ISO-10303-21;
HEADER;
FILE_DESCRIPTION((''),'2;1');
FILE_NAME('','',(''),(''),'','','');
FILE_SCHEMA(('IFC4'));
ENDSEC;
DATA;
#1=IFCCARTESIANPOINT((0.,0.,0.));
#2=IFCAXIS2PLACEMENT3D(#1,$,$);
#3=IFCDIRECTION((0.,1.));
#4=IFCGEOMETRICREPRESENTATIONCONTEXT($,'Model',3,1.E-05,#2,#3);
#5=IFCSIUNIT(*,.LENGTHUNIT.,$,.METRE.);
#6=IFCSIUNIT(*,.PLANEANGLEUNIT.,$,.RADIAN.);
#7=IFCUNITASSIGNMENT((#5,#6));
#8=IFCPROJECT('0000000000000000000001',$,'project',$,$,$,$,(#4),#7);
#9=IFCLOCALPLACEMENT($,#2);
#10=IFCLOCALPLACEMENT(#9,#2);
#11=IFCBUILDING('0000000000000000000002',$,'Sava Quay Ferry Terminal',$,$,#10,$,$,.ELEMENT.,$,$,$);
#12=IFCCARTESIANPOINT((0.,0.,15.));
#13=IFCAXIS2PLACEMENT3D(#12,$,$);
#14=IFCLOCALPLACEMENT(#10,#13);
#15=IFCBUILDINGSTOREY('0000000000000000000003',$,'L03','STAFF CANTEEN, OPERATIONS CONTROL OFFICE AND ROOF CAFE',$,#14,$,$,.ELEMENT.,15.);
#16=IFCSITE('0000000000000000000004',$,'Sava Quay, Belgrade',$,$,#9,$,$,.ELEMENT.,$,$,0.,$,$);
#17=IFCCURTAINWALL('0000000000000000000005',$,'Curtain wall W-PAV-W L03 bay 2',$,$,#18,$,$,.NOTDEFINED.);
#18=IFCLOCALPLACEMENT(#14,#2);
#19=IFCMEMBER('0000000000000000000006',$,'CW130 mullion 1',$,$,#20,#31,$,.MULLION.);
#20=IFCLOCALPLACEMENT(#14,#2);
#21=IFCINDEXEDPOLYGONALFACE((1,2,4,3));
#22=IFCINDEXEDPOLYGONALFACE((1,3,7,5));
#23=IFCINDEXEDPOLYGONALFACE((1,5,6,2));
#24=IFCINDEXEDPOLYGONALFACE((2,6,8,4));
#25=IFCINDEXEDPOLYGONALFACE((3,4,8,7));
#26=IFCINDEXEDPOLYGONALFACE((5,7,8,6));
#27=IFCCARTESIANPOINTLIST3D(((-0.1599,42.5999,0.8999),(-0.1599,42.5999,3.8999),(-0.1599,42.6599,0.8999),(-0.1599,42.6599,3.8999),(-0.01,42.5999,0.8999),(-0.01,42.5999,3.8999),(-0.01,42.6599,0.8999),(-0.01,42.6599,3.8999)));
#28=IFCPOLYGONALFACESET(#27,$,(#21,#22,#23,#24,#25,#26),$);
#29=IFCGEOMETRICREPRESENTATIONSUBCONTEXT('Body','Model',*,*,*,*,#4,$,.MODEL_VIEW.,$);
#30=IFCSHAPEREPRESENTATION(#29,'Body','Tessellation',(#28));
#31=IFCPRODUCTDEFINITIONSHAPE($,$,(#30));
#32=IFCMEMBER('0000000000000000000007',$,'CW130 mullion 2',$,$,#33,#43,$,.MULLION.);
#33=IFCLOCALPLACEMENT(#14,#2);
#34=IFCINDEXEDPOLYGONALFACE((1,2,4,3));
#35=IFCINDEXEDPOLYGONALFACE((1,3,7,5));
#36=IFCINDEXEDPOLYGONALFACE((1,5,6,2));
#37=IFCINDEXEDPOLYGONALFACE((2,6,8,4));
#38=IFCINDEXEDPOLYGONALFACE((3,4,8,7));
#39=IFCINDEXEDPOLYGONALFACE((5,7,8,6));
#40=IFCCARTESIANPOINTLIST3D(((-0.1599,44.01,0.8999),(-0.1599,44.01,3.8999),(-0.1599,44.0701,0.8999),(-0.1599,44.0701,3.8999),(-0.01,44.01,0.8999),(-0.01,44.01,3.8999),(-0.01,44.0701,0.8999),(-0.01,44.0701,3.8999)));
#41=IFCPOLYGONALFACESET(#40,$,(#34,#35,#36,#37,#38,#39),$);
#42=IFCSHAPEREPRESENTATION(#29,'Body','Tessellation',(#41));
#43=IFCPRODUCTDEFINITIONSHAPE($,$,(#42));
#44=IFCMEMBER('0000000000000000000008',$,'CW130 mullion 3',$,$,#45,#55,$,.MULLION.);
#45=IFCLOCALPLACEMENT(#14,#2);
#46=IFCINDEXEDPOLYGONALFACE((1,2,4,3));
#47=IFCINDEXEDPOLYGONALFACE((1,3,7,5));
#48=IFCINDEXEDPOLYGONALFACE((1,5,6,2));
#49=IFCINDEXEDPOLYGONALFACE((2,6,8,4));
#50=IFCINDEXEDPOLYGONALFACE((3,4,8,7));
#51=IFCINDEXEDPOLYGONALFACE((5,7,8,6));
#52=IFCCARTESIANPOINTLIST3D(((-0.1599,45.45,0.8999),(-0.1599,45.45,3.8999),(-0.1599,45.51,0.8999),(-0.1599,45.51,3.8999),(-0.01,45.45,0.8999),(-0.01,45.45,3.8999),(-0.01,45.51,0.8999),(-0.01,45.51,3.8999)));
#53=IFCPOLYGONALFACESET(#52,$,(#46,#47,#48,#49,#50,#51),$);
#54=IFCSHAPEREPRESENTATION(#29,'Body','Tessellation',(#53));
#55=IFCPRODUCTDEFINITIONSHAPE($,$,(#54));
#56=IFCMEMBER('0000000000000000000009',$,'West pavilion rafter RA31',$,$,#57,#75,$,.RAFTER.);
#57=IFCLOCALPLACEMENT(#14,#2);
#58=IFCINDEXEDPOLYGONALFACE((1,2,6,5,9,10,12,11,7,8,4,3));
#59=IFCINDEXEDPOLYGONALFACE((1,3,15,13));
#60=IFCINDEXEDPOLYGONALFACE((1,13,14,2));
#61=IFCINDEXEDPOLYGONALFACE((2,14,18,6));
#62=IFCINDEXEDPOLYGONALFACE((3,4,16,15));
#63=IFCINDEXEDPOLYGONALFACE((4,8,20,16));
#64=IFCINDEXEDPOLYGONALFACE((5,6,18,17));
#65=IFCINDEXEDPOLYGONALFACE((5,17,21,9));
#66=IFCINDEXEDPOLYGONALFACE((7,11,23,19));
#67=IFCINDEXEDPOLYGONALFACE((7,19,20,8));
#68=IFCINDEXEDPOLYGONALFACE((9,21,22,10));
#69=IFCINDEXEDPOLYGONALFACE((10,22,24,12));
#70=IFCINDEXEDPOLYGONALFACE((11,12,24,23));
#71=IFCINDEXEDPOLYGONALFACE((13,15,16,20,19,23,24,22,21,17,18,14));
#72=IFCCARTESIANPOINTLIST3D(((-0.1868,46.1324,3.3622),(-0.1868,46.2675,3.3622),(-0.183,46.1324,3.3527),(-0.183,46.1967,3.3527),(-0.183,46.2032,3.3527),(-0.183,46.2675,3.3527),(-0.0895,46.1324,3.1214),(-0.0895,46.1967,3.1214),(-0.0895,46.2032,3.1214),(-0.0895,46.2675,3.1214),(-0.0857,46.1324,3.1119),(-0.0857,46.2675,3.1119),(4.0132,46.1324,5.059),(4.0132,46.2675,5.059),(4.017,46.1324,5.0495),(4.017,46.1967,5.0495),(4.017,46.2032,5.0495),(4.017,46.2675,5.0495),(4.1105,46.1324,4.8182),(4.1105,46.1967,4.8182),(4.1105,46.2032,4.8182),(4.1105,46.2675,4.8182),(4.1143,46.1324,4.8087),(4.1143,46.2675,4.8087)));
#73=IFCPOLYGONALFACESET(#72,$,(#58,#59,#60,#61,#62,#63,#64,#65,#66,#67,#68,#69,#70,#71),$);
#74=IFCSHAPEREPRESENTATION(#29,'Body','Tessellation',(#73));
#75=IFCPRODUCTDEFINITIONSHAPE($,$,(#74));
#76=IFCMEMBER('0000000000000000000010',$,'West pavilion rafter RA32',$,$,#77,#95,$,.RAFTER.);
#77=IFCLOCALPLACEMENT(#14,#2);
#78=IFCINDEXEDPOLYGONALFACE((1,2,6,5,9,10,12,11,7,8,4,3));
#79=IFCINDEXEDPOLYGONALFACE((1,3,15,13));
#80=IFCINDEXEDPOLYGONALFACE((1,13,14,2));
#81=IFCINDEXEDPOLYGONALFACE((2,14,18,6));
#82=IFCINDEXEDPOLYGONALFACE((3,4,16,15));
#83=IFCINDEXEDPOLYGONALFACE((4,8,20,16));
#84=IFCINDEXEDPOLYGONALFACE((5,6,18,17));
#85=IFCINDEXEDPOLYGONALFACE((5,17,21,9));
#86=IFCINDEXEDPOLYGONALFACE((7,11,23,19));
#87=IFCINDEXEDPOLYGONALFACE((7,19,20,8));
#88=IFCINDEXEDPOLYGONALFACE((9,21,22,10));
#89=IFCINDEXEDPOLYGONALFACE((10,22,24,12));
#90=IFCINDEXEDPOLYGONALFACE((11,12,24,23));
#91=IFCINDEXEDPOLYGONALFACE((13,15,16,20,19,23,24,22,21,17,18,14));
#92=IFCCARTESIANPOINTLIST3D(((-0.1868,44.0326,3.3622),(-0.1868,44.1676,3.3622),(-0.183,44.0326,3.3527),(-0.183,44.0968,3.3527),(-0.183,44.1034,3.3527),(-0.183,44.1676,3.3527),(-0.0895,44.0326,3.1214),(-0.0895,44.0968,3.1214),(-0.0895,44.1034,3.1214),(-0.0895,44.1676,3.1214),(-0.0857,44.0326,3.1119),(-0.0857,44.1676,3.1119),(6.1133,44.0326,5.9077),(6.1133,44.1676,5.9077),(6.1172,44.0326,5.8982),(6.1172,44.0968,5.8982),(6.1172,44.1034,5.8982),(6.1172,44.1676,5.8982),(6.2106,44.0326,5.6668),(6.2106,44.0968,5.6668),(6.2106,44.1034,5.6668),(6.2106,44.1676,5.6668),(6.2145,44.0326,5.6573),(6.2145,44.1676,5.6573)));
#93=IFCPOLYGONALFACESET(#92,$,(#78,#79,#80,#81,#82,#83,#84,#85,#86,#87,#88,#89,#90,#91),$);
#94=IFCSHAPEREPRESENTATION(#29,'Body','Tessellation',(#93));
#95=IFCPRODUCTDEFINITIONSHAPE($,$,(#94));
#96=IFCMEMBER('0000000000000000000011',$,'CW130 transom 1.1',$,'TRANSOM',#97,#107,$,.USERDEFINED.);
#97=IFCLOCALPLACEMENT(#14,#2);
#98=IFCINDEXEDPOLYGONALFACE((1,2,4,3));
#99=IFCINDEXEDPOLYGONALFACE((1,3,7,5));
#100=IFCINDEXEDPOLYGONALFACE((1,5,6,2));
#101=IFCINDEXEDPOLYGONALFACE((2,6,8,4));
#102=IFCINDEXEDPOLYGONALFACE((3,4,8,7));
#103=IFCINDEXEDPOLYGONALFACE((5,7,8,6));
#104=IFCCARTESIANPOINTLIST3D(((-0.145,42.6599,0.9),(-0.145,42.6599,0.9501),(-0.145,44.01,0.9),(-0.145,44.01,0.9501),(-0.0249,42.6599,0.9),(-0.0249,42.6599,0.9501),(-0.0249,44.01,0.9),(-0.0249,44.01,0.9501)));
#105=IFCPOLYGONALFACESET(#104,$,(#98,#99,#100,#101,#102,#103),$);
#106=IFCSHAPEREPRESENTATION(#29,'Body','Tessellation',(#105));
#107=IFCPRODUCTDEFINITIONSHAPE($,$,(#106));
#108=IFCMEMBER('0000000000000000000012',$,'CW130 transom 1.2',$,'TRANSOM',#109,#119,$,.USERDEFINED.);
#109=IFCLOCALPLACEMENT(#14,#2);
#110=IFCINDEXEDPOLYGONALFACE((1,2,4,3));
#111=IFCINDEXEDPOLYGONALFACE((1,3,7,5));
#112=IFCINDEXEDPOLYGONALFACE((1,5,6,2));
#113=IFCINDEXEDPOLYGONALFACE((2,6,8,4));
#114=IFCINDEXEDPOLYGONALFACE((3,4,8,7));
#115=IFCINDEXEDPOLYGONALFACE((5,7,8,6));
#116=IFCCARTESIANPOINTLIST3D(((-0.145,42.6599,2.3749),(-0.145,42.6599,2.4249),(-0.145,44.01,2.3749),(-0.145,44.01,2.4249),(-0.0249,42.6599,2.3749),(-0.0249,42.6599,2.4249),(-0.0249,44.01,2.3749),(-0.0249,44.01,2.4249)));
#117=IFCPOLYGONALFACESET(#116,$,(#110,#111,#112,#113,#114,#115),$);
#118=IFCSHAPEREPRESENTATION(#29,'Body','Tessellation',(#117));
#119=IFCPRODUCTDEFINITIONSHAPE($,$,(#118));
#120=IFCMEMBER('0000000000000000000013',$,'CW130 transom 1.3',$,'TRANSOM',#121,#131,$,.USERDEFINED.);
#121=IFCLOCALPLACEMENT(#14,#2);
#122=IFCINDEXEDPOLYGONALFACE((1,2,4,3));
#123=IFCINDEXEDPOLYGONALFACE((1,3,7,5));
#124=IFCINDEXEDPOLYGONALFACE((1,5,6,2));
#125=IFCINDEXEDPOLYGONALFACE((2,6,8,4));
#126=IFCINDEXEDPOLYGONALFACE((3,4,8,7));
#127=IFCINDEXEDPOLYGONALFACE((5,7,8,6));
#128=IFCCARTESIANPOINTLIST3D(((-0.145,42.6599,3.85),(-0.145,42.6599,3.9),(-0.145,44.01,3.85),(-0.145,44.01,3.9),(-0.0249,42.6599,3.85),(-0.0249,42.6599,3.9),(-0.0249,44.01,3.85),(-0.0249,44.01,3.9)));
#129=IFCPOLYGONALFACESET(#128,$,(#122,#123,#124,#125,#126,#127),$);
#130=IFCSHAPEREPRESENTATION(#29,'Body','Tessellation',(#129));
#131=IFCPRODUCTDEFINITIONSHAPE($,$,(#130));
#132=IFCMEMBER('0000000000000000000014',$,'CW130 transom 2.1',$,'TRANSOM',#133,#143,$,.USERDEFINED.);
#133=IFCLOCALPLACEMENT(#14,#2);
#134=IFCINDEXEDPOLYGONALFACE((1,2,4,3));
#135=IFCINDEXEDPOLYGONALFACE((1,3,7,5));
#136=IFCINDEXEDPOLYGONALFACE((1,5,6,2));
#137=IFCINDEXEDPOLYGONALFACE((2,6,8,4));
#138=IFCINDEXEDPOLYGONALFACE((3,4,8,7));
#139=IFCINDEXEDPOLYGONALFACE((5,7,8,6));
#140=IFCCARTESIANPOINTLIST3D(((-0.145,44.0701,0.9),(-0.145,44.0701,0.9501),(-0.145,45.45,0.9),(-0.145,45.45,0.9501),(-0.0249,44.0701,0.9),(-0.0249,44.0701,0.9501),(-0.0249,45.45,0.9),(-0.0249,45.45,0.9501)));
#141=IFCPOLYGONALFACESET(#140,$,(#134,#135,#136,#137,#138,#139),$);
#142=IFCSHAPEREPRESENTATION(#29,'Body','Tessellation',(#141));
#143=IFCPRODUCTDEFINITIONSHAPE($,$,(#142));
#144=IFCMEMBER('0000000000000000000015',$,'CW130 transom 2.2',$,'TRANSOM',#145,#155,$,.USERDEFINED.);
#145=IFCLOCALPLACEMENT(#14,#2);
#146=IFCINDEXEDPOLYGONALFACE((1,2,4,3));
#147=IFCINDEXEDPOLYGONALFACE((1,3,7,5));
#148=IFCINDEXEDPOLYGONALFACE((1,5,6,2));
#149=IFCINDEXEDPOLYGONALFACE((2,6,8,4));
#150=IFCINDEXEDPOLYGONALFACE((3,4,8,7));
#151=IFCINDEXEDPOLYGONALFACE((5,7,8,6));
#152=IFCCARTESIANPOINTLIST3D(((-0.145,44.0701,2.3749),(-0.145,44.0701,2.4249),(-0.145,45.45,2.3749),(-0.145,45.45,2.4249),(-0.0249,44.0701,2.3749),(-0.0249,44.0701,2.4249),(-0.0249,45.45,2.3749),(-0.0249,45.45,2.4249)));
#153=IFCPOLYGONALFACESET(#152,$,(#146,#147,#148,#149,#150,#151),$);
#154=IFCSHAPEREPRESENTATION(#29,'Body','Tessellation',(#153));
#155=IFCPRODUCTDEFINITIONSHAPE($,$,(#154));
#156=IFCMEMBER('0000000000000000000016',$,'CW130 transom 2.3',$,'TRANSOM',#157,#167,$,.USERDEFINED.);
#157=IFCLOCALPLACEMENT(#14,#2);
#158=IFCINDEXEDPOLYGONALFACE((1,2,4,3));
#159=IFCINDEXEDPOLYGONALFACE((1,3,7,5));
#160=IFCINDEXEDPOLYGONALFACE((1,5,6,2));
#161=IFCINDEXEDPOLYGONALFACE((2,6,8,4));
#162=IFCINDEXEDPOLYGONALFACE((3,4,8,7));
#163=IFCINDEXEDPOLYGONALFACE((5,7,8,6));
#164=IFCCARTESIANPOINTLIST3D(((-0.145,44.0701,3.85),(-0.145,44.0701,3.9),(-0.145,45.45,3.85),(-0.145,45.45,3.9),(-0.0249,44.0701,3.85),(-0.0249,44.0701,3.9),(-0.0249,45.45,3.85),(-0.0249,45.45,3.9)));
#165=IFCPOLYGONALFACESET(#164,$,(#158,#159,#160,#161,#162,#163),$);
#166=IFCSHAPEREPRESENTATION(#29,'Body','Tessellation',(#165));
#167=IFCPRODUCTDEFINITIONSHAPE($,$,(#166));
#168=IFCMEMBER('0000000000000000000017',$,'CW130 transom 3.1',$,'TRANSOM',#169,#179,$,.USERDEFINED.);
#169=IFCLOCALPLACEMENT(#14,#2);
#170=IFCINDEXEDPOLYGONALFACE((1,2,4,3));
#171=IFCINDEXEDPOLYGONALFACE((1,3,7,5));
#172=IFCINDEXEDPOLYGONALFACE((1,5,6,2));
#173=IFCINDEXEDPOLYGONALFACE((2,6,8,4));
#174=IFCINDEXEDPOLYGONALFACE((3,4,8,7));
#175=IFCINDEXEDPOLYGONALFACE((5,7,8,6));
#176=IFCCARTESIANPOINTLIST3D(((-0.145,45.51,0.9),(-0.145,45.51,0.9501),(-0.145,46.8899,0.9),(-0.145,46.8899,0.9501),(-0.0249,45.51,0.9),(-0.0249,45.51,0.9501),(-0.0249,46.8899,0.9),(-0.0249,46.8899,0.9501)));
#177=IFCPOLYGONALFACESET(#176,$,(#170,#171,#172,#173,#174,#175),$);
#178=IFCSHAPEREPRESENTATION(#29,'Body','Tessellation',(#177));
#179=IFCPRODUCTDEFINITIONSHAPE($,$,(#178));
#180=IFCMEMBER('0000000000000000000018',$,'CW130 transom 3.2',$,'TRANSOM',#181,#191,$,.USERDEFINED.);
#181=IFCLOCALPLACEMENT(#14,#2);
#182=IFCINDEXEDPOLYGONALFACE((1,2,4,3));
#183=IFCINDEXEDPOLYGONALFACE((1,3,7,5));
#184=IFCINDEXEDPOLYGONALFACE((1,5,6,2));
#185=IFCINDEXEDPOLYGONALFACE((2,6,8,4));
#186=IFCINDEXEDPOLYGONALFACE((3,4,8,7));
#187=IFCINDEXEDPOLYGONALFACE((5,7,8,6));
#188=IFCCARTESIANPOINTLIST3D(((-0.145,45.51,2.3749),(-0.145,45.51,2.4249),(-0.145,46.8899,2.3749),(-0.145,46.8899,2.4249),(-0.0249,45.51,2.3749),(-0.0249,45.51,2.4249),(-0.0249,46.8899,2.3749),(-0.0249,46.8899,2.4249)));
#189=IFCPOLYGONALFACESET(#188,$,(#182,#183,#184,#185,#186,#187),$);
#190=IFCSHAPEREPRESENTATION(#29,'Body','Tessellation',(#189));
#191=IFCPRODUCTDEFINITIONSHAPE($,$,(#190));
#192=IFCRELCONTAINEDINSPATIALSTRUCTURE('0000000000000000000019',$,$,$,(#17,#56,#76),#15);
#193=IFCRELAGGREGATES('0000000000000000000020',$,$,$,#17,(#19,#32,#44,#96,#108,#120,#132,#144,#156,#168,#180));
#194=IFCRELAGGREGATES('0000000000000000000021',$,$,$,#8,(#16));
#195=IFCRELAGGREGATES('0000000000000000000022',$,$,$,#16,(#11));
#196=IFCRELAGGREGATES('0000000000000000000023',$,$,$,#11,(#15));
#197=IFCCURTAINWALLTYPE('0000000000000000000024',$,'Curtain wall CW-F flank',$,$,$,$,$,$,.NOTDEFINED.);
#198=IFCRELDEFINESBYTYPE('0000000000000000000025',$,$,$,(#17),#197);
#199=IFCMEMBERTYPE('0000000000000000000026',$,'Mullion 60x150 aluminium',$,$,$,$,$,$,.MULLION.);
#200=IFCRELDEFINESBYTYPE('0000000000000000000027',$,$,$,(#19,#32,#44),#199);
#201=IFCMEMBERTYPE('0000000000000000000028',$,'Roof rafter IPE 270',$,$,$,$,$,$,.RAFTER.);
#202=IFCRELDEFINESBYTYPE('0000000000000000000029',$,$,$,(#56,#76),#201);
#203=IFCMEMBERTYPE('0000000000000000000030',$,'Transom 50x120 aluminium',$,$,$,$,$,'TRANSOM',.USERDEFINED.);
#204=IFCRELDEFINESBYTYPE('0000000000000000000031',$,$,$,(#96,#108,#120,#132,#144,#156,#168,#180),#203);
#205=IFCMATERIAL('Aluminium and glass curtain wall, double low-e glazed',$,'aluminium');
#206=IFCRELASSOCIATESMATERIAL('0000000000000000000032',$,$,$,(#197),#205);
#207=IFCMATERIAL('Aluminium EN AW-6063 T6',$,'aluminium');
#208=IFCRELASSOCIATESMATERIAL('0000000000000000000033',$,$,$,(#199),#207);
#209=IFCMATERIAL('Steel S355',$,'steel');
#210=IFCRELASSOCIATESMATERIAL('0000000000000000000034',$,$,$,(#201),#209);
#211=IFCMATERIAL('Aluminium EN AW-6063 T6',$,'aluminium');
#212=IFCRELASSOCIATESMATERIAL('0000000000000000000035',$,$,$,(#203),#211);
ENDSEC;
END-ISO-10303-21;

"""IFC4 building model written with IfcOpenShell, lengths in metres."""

from ifc_helpers import new_model, si_unit, direction, frame, origin, origin_2d, place, context, subcontext, project, spatial, rectangle, i_section, extrude, material, material_profile, profile_set, type_object, element, aggregate, save


model = new_model("IFC4")

# Units and contexts
model_context = context("Model", 3, precision=1e-05, world=origin(), true_north=direction((0.0, 1.0)))
body_context = subcontext(model_context, "Body", "Model", "MODEL_VIEW")
ifc_project = project(units=[si_unit("LENGTHUNIT", "METRE"), si_unit("PLANEANGLEUNIT", "RADIAN")], contexts=[model_context])

# Site, building, storey
site_placement = place(None, origin())
site = spatial("IfcSite", under=ifc_project, at=site_placement, Name="Sava Quay, Belgrade", CompositionType="ELEMENT", RefElevation=0.0)
building_placement = place(site_placement, origin())
building = spatial("IfcBuilding", under=site, at=building_placement, Name="Sava Quay Ferry Terminal", CompositionType="ELEMENT")
storey_placement = place(building_placement, frame((0.0, 0.0, 15.0)))
storey = spatial("IfcBuildingStorey", under=building, at=storey_placement, Name="L03", Description="STAFF CANTEEN, OPERATIONS CONTROL OFFICE AND ROOF CAFE", CompositionType="ELEMENT", Elevation=15.0)

# Curtain wall, members
ifc_material_1 = material(Name="Aluminium and glass curtain wall, double low-e glazed", Category="aluminium")
curtain_wall_type = type_object("IfcCurtainWallType", Name="Curtain wall CW-F flank", PredefinedType="NOTDEFINED", material=ifc_material_1)
curtain_wall_placement = place(storey_placement, origin())
curtain_wall = element("IfcCurtainWall", 1, at=curtain_wall_placement, inside=storey, type_object=curtain_wall_type, Name="Curtain wall W-PAV-W L03 bay 2", PredefinedType="NOTDEFINED")
ifc_material_2 = material(Name="Aluminium EN AW-6063 T6", Category="aluminium")
ifc_material_profile_1 = material_profile(ifc_material_2, rectangle(XDim=0.1499, YDim=0.0601, at=origin_2d()), Name="Mullion 60x150 aluminium")
ifc_profile_set_1 = profile_set([ifc_material_profile_1], Name="Aluminium EN AW-6063 T6")
member_type_1 = type_object("IfcMemberType", Name="Mullion 60x150 aluminium", PredefinedType="MULLION", material=ifc_profile_set_1)
member_1_placement = place(storey_placement, frame((-0.085, 42.6299, 0.8999), z_axis=(0.0, 0.0, 1.0), x_axis=(-1.0, 0.0, 0.0)))
member_1 = element("IfcMember", 2, at=member_1_placement, type_object=member_type_1, Name="CW130 mullion 1", PredefinedType="MULLION", context=body_context, shape_type="SweptSolid", body=[
    extrude(rectangle(XDim=0.1499, YDim=0.0601, at=origin_2d()), origin(), (0.0, 0.0, 1.0), 3.0),
])
member_2_placement = place(storey_placement, frame((-0.085, 44.04, 0.8999), z_axis=(0.0, 0.0, 1.0), x_axis=(-1.0, 0.0, 0.0)))
member_2 = element("IfcMember", 3, at=member_2_placement, type_object=member_type_1, Name="CW130 mullion 2", PredefinedType="MULLION", context=body_context, shape_type="SweptSolid", body=[
    extrude(rectangle(XDim=0.1499, YDim=0.0601, at=origin_2d()), origin(), (0.0, 0.0, 1.0), 3.0),
])
member_3_placement = place(storey_placement, frame((-0.085, 45.48, 0.8999), z_axis=(0.0, 0.0, 1.0), x_axis=(-1.0, 0.0, 0.0)))
member_3 = element("IfcMember", 4, at=member_3_placement, type_object=member_type_1, Name="CW130 mullion 3", PredefinedType="MULLION", context=body_context, shape_type="SweptSolid", body=[
    extrude(rectangle(XDim=0.1499, YDim=0.0601, at=origin_2d()), origin(), (0.0, 0.0, 1.0), 3.0),
])

# Members
ifc_material_3 = material(Name="Steel S355", Category="steel")
ifc_material_profile_2 = material_profile(ifc_material_3, i_section(OverallWidth=0.135, OverallDepth=0.27, WebThickness=0.0066, FlangeThickness=0.0103, at=origin_2d()), Name="IPE 270")
ifc_profile_set_2 = profile_set([ifc_material_profile_2], Name="Steel S355")
member_type_2 = type_object("IfcMemberType", Name="Roof rafter IPE 270", PredefinedType="RAFTER", material=ifc_profile_set_2)
member_4_placement = place(storey_placement, frame((-0.1362, 46.2, 3.2371), z_axis=(0.927193, 0.0, 0.374585), x_axis=(0.0, 1.0, 0.0)))
element("IfcMember", 5, at=member_4_placement, inside=storey, type_object=member_type_2, Name="West pavilion rafter RA31", PredefinedType="RAFTER", context=body_context, shape_type="SweptSolid", body=[
    extrude(i_section(OverallWidth=0.135, OverallDepth=0.27, WebThickness=0.0066, FlangeThickness=0.0103, at=origin_2d()), origin(), (0.0, 0.0, 1.0), 4.5298),
])
member_5_placement = place(storey_placement, frame((-0.1362, 44.1001, 3.2371), z_axis=(0.927183, 0.0, 0.37461), x_axis=(0.0, 1.0, 0.0)))
element("IfcMember", 6, at=member_5_placement, inside=storey, type_object=member_type_2, Name="West pavilion rafter RA32", PredefinedType="RAFTER", context=body_context, shape_type="SweptSolid", body=[
    extrude(i_section(OverallWidth=0.135, OverallDepth=0.27, WebThickness=0.0066, FlangeThickness=0.0103, at=origin_2d()), origin(), (0.0, 0.0, 1.0), 6.7949),
])

# Members
ifc_material_4 = material(Name="Aluminium EN AW-6063 T6", Category="aluminium")
ifc_material_profile_3 = material_profile(ifc_material_4, rectangle(XDim=0.1201, YDim=0.05, at=origin_2d()), Name="Transom 50x120 aluminium")
ifc_profile_set_3 = profile_set([ifc_material_profile_3], Name="Aluminium EN AW-6063 T6")
member_type_3 = type_object("IfcMemberType", Name="Transom 50x120 aluminium", ElementType="TRANSOM", PredefinedType="USERDEFINED", material=ifc_profile_set_3)
member_6_placement = place(storey_placement, frame((-0.085, 42.6599, 0.925), z_axis=(0.0, 1.0, 0.0), x_axis=(-1.0, 0.0, 0.0)))
member_6 = element("IfcMember", 7, at=member_6_placement, type_object=member_type_3, Name="CW130 transom 1.1", ObjectType="TRANSOM", PredefinedType="USERDEFINED", context=body_context, shape_type="SweptSolid", body=[
    extrude(rectangle(XDim=0.1201, YDim=0.05, at=origin_2d()), origin(), (0.0, 0.0, 1.0), 1.3501),
])
member_7_placement = place(storey_placement, frame((-0.085, 42.6599, 2.3999), z_axis=(0.0, 1.0, 0.0), x_axis=(-1.0, 0.0, 0.0)))
member_7 = element("IfcMember", 8, at=member_7_placement, type_object=member_type_3, Name="CW130 transom 1.2", ObjectType="TRANSOM", PredefinedType="USERDEFINED", context=body_context, shape_type="SweptSolid", body=[
    extrude(rectangle(XDim=0.1201, YDim=0.05, at=origin_2d()), origin(), (0.0, 0.0, 1.0), 1.3501),
])
member_8_placement = place(storey_placement, frame((-0.085, 42.6599, 3.875), z_axis=(0.0, 1.0, 0.0), x_axis=(-1.0, 0.0, 0.0)))
member_8 = element("IfcMember", 9, at=member_8_placement, type_object=member_type_3, Name="CW130 transom 1.3", ObjectType="TRANSOM", PredefinedType="USERDEFINED", context=body_context, shape_type="SweptSolid", body=[
    extrude(rectangle(XDim=0.1201, YDim=0.05, at=origin_2d()), origin(), (0.0, 0.0, 1.0), 1.3501),
])
member_9_placement = place(storey_placement, frame((-0.085, 44.0701, 0.925), z_axis=(0.0, 1.0, 0.0), x_axis=(-1.0, 0.0, 0.0)))
member_9 = element("IfcMember", 10, at=member_9_placement, type_object=member_type_3, Name="CW130 transom 2.1", ObjectType="TRANSOM", PredefinedType="USERDEFINED", context=body_context, shape_type="SweptSolid", body=[
    extrude(rectangle(XDim=0.1201, YDim=0.05, at=origin_2d()), origin(), (0.0, 0.0, 1.0), 1.3799),
])
member_10_placement = place(storey_placement, frame((-0.085, 44.0701, 2.3999), z_axis=(0.0, 1.0, 0.0), x_axis=(-1.0, 0.0, 0.0)))
member_10 = element("IfcMember", 11, at=member_10_placement, type_object=member_type_3, Name="CW130 transom 2.2", ObjectType="TRANSOM", PredefinedType="USERDEFINED", context=body_context, shape_type="SweptSolid", body=[
    extrude(rectangle(XDim=0.1201, YDim=0.05, at=origin_2d()), origin(), (0.0, 0.0, 1.0), 1.3799),
])
member_11_placement = place(storey_placement, frame((-0.085, 44.0701, 3.875), z_axis=(0.0, 1.0, 0.0), x_axis=(-1.0, 0.0, 0.0)))
member_11 = element("IfcMember", 12, at=member_11_placement, type_object=member_type_3, Name="CW130 transom 2.3", ObjectType="TRANSOM", PredefinedType="USERDEFINED", context=body_context, shape_type="SweptSolid", body=[
    extrude(rectangle(XDim=0.1201, YDim=0.05, at=origin_2d()), origin(), (0.0, 0.0, 1.0), 1.3799),
])
member_12_placement = place(storey_placement, frame((-0.085, 45.51, 0.925), z_axis=(0.0, 1.0, 0.0), x_axis=(-1.0, 0.0, 0.0)))
member_12 = element("IfcMember", 13, at=member_12_placement, type_object=member_type_3, Name="CW130 transom 3.1", ObjectType="TRANSOM", PredefinedType="USERDEFINED", context=body_context, shape_type="SweptSolid", body=[
    extrude(rectangle(XDim=0.1201, YDim=0.05, at=origin_2d()), origin(), (0.0, 0.0, 1.0), 1.3799),
])
member_13_placement = place(storey_placement, frame((-0.085, 45.51, 2.3999), z_axis=(0.0, 1.0, 0.0), x_axis=(-1.0, 0.0, 0.0)))
member_13 = element("IfcMember", 14, at=member_13_placement, type_object=member_type_3, Name="CW130 transom 3.2", ObjectType="TRANSOM", PredefinedType="USERDEFINED", context=body_context, shape_type="SweptSolid", body=[
    extrude(rectangle(XDim=0.1201, YDim=0.05, at=origin_2d()), origin(), (0.0, 0.0, 1.0), 1.3799),
])

aggregate(curtain_wall, [member_1, member_2, member_3, member_6, member_7, member_8, member_9, member_10, member_11, member_12, member_13])

save(model, "model.ifc")
